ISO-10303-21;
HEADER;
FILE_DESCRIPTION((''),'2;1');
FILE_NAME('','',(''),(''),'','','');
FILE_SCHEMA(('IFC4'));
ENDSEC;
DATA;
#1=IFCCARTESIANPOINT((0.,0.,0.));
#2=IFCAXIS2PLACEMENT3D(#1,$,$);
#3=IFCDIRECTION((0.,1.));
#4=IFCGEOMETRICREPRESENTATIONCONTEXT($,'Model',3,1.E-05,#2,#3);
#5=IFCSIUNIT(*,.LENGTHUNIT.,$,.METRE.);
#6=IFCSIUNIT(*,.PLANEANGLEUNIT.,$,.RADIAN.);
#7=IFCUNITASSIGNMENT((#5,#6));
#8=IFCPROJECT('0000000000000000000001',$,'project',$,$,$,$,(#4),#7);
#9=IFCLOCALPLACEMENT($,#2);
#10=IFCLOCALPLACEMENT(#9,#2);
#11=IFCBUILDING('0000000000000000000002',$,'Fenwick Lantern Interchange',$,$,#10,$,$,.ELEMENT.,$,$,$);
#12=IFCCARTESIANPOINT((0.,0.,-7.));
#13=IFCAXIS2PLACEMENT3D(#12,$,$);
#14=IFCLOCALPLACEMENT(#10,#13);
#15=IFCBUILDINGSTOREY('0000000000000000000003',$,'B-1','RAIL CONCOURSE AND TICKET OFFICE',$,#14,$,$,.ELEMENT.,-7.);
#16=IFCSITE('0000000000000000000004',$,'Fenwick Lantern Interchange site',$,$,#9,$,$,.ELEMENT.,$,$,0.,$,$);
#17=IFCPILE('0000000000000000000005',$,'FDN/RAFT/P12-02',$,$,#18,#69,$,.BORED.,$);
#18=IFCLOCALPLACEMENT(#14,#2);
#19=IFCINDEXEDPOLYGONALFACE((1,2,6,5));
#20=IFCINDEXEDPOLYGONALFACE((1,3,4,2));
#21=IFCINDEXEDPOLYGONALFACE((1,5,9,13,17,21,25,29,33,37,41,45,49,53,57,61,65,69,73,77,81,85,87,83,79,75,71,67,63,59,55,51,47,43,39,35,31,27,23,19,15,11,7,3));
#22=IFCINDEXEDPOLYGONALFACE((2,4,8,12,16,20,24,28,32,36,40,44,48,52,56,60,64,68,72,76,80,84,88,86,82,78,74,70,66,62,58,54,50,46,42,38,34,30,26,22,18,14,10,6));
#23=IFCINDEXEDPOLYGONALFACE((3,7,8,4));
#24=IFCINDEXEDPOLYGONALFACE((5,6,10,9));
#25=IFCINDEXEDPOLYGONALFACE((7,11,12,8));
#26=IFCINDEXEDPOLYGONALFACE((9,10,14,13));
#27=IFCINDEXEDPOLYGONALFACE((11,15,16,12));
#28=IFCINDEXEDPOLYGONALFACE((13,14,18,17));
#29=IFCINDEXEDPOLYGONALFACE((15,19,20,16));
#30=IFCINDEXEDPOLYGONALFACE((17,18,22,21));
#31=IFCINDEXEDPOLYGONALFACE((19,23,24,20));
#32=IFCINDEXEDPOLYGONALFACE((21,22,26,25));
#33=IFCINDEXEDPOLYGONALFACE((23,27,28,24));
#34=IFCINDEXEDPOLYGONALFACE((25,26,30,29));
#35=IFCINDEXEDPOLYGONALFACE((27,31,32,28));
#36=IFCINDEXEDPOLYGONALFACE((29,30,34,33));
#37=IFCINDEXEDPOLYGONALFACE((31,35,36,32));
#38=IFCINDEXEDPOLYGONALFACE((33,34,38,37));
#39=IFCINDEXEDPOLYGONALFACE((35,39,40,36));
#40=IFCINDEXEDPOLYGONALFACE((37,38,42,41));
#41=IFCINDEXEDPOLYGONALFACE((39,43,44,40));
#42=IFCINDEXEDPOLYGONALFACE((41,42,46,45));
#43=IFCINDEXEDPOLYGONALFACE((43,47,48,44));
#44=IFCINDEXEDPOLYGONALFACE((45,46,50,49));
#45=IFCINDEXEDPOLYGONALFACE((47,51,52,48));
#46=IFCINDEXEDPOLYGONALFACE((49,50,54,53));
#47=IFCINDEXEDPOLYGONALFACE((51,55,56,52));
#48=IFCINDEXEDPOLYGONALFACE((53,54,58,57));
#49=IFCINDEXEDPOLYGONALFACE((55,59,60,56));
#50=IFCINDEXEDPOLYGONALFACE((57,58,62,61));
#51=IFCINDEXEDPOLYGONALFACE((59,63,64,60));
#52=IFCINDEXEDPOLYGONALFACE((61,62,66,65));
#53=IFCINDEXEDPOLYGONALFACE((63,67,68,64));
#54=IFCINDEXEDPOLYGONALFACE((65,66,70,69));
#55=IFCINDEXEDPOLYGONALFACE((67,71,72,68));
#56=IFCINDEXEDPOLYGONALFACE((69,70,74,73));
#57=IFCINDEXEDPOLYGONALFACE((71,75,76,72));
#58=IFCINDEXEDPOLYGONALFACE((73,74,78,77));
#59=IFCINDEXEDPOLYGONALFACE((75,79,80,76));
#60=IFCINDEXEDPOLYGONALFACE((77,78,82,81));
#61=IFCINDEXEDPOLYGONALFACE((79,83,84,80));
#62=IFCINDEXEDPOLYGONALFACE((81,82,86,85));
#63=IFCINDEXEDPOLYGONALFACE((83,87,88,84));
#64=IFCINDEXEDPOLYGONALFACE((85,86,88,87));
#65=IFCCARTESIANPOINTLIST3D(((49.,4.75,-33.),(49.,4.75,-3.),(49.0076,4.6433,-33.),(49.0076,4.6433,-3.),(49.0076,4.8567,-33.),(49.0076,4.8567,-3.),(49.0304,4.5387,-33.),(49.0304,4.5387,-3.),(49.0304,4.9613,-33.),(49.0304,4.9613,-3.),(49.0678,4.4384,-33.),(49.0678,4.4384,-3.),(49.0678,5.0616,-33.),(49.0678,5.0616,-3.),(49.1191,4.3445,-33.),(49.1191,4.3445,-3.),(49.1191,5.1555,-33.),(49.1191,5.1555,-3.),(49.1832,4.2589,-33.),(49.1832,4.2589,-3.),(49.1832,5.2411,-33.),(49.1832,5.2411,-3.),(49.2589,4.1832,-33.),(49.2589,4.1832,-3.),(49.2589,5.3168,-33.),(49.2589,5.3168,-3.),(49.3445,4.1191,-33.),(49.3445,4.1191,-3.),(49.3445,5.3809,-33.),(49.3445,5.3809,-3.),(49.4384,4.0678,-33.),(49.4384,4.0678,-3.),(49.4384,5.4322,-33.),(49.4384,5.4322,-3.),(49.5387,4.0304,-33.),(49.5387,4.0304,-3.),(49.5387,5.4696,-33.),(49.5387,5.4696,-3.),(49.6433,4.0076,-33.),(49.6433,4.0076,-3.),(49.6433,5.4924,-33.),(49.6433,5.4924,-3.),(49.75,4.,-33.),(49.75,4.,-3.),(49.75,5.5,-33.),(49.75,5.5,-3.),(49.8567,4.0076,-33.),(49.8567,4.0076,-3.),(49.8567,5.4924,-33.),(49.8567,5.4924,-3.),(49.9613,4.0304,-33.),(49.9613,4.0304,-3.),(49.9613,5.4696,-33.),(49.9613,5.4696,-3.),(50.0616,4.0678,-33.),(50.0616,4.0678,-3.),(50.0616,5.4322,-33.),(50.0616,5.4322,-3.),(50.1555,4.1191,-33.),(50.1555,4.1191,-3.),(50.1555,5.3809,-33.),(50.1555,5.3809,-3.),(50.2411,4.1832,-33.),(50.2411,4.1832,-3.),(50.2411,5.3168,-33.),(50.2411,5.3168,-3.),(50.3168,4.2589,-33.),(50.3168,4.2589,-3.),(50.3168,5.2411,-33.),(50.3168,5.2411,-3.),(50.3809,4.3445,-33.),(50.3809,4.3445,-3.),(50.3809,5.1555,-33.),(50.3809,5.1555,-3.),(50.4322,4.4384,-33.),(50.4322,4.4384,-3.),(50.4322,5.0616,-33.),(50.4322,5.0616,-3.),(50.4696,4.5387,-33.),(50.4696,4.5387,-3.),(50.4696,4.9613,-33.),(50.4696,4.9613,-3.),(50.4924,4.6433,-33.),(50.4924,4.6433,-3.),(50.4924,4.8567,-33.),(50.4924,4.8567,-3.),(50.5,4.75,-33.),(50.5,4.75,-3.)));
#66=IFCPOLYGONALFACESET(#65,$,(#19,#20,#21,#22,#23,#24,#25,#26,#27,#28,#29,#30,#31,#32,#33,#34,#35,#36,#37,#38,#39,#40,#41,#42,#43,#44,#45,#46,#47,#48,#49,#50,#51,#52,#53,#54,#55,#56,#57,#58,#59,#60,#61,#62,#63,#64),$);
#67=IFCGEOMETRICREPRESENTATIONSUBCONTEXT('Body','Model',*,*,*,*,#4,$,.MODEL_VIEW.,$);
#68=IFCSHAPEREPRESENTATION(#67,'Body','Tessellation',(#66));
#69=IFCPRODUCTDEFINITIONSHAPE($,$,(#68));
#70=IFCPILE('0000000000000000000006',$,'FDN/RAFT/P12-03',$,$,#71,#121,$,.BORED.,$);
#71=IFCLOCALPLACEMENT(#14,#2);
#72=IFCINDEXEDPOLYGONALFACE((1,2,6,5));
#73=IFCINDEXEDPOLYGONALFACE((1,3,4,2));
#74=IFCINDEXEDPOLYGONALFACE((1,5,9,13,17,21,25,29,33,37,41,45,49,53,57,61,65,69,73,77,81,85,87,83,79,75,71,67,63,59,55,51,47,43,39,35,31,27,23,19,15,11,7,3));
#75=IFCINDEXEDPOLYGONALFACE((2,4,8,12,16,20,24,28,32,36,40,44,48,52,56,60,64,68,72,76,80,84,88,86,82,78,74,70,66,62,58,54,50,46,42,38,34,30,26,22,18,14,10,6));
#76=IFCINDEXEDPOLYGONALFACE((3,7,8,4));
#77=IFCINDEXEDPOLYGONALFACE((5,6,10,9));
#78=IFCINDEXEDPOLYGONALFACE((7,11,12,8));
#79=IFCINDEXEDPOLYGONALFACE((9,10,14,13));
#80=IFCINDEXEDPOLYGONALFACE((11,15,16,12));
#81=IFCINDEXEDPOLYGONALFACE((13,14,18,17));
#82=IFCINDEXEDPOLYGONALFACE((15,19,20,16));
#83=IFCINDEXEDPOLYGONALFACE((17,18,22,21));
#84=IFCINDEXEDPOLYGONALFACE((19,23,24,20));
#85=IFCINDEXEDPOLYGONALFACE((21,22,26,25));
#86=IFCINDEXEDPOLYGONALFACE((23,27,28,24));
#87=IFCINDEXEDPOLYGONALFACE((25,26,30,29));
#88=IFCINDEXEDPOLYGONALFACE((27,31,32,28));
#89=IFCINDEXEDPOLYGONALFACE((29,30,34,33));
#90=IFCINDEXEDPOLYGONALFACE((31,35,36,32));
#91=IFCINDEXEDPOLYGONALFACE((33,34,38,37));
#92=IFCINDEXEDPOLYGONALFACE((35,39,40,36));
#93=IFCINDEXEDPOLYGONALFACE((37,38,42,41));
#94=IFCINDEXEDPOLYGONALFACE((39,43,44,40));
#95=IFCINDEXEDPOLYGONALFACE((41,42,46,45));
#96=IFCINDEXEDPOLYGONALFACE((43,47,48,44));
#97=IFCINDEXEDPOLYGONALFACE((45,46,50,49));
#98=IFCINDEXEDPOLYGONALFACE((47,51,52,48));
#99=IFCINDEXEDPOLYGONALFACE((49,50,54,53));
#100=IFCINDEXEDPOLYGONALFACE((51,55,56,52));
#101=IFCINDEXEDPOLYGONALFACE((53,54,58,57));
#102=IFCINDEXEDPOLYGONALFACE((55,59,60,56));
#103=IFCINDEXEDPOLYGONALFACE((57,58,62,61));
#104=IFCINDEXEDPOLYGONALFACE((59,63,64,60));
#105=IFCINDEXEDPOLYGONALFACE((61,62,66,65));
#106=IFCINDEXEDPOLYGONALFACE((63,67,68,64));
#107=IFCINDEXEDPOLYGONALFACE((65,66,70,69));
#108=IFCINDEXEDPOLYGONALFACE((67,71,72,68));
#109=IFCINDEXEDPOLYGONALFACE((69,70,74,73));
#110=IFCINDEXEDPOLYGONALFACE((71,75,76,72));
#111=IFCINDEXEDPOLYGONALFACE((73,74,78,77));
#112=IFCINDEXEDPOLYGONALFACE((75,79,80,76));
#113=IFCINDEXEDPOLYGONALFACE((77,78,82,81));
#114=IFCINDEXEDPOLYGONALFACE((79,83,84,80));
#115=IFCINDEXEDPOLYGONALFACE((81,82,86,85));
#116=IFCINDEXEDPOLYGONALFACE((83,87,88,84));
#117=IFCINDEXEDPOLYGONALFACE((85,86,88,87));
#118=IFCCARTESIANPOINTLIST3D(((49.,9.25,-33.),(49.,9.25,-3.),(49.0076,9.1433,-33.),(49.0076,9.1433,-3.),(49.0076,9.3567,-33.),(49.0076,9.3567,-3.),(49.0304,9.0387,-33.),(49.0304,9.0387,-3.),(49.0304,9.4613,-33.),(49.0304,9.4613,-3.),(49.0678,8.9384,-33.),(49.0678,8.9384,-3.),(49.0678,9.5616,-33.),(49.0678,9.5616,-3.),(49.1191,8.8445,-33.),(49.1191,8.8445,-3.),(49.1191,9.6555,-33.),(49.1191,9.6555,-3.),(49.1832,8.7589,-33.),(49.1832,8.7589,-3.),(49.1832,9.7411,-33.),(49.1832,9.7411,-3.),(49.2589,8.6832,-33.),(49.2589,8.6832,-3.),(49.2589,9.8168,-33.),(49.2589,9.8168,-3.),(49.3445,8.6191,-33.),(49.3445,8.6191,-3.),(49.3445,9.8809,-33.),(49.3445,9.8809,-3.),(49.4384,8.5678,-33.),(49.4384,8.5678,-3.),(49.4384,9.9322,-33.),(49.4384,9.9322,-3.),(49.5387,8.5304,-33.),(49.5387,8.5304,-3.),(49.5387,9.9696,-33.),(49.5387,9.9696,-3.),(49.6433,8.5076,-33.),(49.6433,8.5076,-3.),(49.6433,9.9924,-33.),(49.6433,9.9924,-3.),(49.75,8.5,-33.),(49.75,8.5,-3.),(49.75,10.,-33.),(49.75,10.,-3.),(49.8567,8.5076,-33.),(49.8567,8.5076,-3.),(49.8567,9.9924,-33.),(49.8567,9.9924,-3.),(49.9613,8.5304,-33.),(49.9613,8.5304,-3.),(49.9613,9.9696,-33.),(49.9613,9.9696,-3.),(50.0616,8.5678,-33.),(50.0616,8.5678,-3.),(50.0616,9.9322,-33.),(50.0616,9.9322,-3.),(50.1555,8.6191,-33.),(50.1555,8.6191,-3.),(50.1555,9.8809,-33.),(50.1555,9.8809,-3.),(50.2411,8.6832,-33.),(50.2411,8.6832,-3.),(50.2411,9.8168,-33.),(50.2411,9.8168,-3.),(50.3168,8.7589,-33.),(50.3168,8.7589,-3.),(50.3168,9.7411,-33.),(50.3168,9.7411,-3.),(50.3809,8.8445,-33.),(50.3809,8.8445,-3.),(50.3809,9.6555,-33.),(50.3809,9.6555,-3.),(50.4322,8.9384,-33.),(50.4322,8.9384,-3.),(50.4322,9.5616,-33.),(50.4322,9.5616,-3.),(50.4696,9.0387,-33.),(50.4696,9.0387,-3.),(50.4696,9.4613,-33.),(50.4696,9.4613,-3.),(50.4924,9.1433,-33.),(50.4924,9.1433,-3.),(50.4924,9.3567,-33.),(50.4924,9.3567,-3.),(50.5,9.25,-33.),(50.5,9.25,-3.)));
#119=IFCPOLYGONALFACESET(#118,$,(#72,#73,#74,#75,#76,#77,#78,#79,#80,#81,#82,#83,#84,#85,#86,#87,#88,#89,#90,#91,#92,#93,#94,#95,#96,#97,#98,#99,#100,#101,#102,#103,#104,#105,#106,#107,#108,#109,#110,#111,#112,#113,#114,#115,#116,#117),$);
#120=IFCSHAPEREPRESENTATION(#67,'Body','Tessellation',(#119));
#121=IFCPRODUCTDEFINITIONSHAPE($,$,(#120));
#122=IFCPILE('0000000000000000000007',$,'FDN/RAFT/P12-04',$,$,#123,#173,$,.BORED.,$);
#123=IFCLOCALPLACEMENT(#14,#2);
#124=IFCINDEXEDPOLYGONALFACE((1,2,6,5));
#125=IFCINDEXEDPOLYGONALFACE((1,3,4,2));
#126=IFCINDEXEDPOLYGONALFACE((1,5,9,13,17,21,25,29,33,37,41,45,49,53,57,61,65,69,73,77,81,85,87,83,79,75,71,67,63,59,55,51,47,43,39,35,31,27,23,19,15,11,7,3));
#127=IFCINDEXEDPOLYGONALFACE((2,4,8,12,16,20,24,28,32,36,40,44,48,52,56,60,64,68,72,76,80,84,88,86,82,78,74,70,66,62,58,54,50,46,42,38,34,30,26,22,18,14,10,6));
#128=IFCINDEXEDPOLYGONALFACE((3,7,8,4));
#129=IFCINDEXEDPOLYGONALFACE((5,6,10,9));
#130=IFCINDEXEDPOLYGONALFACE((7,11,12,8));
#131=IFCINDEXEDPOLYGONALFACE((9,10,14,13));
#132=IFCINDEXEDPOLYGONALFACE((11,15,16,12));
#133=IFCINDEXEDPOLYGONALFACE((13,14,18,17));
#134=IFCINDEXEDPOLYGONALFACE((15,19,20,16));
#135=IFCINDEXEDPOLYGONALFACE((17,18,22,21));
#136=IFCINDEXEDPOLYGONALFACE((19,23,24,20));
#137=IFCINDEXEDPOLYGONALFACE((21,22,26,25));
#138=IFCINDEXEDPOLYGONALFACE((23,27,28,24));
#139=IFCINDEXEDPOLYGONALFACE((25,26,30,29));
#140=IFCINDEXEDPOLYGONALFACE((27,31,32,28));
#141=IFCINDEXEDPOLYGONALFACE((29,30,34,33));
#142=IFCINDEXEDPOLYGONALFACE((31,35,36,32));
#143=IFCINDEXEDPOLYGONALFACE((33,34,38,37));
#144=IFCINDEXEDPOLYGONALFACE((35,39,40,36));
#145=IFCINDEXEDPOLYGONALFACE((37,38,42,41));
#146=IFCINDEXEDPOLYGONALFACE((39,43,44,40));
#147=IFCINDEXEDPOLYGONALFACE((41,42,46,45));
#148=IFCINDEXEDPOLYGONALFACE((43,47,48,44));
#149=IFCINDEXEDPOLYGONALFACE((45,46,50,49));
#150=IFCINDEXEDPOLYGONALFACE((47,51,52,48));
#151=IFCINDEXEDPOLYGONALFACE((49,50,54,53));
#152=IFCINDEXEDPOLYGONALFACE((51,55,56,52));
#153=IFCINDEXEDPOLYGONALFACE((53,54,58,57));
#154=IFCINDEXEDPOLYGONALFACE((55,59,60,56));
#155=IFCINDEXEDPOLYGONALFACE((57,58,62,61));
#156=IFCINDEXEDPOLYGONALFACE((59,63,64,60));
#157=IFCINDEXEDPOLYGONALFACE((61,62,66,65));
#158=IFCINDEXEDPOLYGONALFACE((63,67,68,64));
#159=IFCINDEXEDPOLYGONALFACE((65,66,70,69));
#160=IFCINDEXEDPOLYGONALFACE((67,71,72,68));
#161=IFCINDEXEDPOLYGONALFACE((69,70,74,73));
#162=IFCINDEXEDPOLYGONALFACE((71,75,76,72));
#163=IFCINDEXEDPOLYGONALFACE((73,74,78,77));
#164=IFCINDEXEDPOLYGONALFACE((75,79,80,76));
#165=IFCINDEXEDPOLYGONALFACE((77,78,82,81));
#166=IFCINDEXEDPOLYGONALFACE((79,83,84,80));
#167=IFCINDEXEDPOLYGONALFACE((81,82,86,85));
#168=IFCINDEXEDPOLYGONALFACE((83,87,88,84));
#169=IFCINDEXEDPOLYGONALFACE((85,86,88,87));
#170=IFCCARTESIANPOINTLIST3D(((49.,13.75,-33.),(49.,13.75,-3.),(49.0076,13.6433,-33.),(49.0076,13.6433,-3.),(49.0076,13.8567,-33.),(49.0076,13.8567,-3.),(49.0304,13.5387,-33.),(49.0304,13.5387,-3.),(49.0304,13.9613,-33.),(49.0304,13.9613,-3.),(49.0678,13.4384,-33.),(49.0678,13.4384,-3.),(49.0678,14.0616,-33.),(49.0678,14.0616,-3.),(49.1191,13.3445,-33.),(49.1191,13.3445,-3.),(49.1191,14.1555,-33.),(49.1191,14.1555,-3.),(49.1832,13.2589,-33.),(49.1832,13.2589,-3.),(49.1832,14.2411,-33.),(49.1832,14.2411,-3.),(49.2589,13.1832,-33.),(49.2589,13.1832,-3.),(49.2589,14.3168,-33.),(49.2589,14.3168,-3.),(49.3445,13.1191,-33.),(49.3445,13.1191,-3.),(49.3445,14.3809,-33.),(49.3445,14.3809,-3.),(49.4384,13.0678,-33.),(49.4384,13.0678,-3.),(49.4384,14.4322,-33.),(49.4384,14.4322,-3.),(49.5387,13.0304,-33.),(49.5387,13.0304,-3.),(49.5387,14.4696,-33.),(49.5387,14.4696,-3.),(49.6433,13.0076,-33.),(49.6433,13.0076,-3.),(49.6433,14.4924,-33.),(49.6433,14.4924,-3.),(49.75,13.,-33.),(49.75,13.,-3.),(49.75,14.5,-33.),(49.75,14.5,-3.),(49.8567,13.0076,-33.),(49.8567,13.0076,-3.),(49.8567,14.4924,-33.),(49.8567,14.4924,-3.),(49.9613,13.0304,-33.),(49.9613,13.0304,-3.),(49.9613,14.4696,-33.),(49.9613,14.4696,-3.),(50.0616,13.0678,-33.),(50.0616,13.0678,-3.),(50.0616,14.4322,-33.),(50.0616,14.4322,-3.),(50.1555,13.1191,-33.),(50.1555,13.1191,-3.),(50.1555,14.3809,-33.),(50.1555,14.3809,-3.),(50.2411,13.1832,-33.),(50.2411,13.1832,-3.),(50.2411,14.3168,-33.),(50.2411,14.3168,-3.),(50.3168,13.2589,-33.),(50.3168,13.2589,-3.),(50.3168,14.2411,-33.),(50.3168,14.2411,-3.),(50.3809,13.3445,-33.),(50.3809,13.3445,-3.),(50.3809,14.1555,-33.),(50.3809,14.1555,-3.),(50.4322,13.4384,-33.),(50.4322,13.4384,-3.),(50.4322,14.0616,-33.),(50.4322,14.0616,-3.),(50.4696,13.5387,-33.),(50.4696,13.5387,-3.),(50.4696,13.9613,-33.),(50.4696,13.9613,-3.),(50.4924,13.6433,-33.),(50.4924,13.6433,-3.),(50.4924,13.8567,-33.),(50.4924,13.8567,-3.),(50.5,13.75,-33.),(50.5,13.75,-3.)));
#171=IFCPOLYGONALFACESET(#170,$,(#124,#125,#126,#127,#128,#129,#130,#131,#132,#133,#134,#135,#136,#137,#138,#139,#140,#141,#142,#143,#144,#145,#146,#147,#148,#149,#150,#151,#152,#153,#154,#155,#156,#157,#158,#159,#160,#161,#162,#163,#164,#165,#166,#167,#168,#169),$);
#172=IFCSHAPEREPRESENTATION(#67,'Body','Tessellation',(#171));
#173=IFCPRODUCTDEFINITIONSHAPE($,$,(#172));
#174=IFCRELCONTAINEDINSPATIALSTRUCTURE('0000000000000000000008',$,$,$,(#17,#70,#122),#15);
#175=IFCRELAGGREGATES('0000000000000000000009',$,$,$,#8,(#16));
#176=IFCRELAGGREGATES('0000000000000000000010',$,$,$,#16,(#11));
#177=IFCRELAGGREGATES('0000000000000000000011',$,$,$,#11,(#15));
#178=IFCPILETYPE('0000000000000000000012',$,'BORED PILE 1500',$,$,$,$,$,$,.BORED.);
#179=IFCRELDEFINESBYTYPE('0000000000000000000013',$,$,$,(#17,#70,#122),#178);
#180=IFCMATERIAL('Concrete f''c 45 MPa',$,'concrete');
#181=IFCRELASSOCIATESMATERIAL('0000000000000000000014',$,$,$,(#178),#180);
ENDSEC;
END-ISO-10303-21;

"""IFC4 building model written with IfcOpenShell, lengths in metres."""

from ifc_helpers import new_model, si_unit, direction, frame, origin, origin_2d, place, context, subcontext, project, spatial, circle, extrude, material, type_object, element, save


model = new_model("IFC4")

# Units and contexts
model_context = context("Model", 3, precision=1e-05, world=origin(), true_north=direction((0.0, 1.0)))
body_context = subcontext(model_context, "Body", "Model", "MODEL_VIEW")
ifc_project = project(units=[si_unit("LENGTHUNIT", "METRE"), si_unit("PLANEANGLEUNIT", "RADIAN")], contexts=[model_context])

# Site, building, storey
site_placement = place(None, origin())
site = spatial("IfcSite", under=ifc_project, at=site_placement, Name="Fenwick Lantern Interchange site", CompositionType="ELEMENT", RefElevation=0.0)
building_placement = place(site_placement, origin())
building = spatial("IfcBuilding", under=site, at=building_placement, Name="Fenwick Lantern Interchange", CompositionType="ELEMENT")
storey_placement = place(building_placement, frame((0.0, 0.0, -7.0)))
storey = spatial("IfcBuildingStorey", under=building, at=storey_placement, Name="B-1", Description="RAIL CONCOURSE AND TICKET OFFICE", CompositionType="ELEMENT", Elevation=-7.0)

# Piles
ifc_material_1 = material(Name="Concrete f'c 45 MPa", Category="concrete")
pile_type_1 = type_object("IfcPileType", Name="BORED PILE 1500", PredefinedType="BORED", material=ifc_material_1)
for number, where, z_axis, x_axis, name in (
    (1, (49.75, 4.75, -3.0), (0.0, 0.0, -1.0), (1.0, 0.0, 0.0), "FDN/RAFT/P12-02"),
    (2, (49.75, 9.25, -3.0), (0.0, 0.0, -1.0), (1.0, 0.0, 0.0), "FDN/RAFT/P12-03"),
    (3, (49.75, 13.75, -3.0), (0.0, 0.0, -1.0), (1.0, 0.0, 0.0), "FDN/RAFT/P12-04"),
):
    element("IfcPile", number, at=place(storey_placement, frame(where, z_axis=z_axis, x_axis=x_axis)), inside=storey, type_object=pile_type_1, Name=name, PredefinedType="BORED", context=body_context, shape_type="SweptSolid", body=[
        extrude(circle(Radius=0.75, at=origin_2d()), origin(), (0.0, 0.0, 1.0), 30.0),
    ])

save(model, "model.ifc")
